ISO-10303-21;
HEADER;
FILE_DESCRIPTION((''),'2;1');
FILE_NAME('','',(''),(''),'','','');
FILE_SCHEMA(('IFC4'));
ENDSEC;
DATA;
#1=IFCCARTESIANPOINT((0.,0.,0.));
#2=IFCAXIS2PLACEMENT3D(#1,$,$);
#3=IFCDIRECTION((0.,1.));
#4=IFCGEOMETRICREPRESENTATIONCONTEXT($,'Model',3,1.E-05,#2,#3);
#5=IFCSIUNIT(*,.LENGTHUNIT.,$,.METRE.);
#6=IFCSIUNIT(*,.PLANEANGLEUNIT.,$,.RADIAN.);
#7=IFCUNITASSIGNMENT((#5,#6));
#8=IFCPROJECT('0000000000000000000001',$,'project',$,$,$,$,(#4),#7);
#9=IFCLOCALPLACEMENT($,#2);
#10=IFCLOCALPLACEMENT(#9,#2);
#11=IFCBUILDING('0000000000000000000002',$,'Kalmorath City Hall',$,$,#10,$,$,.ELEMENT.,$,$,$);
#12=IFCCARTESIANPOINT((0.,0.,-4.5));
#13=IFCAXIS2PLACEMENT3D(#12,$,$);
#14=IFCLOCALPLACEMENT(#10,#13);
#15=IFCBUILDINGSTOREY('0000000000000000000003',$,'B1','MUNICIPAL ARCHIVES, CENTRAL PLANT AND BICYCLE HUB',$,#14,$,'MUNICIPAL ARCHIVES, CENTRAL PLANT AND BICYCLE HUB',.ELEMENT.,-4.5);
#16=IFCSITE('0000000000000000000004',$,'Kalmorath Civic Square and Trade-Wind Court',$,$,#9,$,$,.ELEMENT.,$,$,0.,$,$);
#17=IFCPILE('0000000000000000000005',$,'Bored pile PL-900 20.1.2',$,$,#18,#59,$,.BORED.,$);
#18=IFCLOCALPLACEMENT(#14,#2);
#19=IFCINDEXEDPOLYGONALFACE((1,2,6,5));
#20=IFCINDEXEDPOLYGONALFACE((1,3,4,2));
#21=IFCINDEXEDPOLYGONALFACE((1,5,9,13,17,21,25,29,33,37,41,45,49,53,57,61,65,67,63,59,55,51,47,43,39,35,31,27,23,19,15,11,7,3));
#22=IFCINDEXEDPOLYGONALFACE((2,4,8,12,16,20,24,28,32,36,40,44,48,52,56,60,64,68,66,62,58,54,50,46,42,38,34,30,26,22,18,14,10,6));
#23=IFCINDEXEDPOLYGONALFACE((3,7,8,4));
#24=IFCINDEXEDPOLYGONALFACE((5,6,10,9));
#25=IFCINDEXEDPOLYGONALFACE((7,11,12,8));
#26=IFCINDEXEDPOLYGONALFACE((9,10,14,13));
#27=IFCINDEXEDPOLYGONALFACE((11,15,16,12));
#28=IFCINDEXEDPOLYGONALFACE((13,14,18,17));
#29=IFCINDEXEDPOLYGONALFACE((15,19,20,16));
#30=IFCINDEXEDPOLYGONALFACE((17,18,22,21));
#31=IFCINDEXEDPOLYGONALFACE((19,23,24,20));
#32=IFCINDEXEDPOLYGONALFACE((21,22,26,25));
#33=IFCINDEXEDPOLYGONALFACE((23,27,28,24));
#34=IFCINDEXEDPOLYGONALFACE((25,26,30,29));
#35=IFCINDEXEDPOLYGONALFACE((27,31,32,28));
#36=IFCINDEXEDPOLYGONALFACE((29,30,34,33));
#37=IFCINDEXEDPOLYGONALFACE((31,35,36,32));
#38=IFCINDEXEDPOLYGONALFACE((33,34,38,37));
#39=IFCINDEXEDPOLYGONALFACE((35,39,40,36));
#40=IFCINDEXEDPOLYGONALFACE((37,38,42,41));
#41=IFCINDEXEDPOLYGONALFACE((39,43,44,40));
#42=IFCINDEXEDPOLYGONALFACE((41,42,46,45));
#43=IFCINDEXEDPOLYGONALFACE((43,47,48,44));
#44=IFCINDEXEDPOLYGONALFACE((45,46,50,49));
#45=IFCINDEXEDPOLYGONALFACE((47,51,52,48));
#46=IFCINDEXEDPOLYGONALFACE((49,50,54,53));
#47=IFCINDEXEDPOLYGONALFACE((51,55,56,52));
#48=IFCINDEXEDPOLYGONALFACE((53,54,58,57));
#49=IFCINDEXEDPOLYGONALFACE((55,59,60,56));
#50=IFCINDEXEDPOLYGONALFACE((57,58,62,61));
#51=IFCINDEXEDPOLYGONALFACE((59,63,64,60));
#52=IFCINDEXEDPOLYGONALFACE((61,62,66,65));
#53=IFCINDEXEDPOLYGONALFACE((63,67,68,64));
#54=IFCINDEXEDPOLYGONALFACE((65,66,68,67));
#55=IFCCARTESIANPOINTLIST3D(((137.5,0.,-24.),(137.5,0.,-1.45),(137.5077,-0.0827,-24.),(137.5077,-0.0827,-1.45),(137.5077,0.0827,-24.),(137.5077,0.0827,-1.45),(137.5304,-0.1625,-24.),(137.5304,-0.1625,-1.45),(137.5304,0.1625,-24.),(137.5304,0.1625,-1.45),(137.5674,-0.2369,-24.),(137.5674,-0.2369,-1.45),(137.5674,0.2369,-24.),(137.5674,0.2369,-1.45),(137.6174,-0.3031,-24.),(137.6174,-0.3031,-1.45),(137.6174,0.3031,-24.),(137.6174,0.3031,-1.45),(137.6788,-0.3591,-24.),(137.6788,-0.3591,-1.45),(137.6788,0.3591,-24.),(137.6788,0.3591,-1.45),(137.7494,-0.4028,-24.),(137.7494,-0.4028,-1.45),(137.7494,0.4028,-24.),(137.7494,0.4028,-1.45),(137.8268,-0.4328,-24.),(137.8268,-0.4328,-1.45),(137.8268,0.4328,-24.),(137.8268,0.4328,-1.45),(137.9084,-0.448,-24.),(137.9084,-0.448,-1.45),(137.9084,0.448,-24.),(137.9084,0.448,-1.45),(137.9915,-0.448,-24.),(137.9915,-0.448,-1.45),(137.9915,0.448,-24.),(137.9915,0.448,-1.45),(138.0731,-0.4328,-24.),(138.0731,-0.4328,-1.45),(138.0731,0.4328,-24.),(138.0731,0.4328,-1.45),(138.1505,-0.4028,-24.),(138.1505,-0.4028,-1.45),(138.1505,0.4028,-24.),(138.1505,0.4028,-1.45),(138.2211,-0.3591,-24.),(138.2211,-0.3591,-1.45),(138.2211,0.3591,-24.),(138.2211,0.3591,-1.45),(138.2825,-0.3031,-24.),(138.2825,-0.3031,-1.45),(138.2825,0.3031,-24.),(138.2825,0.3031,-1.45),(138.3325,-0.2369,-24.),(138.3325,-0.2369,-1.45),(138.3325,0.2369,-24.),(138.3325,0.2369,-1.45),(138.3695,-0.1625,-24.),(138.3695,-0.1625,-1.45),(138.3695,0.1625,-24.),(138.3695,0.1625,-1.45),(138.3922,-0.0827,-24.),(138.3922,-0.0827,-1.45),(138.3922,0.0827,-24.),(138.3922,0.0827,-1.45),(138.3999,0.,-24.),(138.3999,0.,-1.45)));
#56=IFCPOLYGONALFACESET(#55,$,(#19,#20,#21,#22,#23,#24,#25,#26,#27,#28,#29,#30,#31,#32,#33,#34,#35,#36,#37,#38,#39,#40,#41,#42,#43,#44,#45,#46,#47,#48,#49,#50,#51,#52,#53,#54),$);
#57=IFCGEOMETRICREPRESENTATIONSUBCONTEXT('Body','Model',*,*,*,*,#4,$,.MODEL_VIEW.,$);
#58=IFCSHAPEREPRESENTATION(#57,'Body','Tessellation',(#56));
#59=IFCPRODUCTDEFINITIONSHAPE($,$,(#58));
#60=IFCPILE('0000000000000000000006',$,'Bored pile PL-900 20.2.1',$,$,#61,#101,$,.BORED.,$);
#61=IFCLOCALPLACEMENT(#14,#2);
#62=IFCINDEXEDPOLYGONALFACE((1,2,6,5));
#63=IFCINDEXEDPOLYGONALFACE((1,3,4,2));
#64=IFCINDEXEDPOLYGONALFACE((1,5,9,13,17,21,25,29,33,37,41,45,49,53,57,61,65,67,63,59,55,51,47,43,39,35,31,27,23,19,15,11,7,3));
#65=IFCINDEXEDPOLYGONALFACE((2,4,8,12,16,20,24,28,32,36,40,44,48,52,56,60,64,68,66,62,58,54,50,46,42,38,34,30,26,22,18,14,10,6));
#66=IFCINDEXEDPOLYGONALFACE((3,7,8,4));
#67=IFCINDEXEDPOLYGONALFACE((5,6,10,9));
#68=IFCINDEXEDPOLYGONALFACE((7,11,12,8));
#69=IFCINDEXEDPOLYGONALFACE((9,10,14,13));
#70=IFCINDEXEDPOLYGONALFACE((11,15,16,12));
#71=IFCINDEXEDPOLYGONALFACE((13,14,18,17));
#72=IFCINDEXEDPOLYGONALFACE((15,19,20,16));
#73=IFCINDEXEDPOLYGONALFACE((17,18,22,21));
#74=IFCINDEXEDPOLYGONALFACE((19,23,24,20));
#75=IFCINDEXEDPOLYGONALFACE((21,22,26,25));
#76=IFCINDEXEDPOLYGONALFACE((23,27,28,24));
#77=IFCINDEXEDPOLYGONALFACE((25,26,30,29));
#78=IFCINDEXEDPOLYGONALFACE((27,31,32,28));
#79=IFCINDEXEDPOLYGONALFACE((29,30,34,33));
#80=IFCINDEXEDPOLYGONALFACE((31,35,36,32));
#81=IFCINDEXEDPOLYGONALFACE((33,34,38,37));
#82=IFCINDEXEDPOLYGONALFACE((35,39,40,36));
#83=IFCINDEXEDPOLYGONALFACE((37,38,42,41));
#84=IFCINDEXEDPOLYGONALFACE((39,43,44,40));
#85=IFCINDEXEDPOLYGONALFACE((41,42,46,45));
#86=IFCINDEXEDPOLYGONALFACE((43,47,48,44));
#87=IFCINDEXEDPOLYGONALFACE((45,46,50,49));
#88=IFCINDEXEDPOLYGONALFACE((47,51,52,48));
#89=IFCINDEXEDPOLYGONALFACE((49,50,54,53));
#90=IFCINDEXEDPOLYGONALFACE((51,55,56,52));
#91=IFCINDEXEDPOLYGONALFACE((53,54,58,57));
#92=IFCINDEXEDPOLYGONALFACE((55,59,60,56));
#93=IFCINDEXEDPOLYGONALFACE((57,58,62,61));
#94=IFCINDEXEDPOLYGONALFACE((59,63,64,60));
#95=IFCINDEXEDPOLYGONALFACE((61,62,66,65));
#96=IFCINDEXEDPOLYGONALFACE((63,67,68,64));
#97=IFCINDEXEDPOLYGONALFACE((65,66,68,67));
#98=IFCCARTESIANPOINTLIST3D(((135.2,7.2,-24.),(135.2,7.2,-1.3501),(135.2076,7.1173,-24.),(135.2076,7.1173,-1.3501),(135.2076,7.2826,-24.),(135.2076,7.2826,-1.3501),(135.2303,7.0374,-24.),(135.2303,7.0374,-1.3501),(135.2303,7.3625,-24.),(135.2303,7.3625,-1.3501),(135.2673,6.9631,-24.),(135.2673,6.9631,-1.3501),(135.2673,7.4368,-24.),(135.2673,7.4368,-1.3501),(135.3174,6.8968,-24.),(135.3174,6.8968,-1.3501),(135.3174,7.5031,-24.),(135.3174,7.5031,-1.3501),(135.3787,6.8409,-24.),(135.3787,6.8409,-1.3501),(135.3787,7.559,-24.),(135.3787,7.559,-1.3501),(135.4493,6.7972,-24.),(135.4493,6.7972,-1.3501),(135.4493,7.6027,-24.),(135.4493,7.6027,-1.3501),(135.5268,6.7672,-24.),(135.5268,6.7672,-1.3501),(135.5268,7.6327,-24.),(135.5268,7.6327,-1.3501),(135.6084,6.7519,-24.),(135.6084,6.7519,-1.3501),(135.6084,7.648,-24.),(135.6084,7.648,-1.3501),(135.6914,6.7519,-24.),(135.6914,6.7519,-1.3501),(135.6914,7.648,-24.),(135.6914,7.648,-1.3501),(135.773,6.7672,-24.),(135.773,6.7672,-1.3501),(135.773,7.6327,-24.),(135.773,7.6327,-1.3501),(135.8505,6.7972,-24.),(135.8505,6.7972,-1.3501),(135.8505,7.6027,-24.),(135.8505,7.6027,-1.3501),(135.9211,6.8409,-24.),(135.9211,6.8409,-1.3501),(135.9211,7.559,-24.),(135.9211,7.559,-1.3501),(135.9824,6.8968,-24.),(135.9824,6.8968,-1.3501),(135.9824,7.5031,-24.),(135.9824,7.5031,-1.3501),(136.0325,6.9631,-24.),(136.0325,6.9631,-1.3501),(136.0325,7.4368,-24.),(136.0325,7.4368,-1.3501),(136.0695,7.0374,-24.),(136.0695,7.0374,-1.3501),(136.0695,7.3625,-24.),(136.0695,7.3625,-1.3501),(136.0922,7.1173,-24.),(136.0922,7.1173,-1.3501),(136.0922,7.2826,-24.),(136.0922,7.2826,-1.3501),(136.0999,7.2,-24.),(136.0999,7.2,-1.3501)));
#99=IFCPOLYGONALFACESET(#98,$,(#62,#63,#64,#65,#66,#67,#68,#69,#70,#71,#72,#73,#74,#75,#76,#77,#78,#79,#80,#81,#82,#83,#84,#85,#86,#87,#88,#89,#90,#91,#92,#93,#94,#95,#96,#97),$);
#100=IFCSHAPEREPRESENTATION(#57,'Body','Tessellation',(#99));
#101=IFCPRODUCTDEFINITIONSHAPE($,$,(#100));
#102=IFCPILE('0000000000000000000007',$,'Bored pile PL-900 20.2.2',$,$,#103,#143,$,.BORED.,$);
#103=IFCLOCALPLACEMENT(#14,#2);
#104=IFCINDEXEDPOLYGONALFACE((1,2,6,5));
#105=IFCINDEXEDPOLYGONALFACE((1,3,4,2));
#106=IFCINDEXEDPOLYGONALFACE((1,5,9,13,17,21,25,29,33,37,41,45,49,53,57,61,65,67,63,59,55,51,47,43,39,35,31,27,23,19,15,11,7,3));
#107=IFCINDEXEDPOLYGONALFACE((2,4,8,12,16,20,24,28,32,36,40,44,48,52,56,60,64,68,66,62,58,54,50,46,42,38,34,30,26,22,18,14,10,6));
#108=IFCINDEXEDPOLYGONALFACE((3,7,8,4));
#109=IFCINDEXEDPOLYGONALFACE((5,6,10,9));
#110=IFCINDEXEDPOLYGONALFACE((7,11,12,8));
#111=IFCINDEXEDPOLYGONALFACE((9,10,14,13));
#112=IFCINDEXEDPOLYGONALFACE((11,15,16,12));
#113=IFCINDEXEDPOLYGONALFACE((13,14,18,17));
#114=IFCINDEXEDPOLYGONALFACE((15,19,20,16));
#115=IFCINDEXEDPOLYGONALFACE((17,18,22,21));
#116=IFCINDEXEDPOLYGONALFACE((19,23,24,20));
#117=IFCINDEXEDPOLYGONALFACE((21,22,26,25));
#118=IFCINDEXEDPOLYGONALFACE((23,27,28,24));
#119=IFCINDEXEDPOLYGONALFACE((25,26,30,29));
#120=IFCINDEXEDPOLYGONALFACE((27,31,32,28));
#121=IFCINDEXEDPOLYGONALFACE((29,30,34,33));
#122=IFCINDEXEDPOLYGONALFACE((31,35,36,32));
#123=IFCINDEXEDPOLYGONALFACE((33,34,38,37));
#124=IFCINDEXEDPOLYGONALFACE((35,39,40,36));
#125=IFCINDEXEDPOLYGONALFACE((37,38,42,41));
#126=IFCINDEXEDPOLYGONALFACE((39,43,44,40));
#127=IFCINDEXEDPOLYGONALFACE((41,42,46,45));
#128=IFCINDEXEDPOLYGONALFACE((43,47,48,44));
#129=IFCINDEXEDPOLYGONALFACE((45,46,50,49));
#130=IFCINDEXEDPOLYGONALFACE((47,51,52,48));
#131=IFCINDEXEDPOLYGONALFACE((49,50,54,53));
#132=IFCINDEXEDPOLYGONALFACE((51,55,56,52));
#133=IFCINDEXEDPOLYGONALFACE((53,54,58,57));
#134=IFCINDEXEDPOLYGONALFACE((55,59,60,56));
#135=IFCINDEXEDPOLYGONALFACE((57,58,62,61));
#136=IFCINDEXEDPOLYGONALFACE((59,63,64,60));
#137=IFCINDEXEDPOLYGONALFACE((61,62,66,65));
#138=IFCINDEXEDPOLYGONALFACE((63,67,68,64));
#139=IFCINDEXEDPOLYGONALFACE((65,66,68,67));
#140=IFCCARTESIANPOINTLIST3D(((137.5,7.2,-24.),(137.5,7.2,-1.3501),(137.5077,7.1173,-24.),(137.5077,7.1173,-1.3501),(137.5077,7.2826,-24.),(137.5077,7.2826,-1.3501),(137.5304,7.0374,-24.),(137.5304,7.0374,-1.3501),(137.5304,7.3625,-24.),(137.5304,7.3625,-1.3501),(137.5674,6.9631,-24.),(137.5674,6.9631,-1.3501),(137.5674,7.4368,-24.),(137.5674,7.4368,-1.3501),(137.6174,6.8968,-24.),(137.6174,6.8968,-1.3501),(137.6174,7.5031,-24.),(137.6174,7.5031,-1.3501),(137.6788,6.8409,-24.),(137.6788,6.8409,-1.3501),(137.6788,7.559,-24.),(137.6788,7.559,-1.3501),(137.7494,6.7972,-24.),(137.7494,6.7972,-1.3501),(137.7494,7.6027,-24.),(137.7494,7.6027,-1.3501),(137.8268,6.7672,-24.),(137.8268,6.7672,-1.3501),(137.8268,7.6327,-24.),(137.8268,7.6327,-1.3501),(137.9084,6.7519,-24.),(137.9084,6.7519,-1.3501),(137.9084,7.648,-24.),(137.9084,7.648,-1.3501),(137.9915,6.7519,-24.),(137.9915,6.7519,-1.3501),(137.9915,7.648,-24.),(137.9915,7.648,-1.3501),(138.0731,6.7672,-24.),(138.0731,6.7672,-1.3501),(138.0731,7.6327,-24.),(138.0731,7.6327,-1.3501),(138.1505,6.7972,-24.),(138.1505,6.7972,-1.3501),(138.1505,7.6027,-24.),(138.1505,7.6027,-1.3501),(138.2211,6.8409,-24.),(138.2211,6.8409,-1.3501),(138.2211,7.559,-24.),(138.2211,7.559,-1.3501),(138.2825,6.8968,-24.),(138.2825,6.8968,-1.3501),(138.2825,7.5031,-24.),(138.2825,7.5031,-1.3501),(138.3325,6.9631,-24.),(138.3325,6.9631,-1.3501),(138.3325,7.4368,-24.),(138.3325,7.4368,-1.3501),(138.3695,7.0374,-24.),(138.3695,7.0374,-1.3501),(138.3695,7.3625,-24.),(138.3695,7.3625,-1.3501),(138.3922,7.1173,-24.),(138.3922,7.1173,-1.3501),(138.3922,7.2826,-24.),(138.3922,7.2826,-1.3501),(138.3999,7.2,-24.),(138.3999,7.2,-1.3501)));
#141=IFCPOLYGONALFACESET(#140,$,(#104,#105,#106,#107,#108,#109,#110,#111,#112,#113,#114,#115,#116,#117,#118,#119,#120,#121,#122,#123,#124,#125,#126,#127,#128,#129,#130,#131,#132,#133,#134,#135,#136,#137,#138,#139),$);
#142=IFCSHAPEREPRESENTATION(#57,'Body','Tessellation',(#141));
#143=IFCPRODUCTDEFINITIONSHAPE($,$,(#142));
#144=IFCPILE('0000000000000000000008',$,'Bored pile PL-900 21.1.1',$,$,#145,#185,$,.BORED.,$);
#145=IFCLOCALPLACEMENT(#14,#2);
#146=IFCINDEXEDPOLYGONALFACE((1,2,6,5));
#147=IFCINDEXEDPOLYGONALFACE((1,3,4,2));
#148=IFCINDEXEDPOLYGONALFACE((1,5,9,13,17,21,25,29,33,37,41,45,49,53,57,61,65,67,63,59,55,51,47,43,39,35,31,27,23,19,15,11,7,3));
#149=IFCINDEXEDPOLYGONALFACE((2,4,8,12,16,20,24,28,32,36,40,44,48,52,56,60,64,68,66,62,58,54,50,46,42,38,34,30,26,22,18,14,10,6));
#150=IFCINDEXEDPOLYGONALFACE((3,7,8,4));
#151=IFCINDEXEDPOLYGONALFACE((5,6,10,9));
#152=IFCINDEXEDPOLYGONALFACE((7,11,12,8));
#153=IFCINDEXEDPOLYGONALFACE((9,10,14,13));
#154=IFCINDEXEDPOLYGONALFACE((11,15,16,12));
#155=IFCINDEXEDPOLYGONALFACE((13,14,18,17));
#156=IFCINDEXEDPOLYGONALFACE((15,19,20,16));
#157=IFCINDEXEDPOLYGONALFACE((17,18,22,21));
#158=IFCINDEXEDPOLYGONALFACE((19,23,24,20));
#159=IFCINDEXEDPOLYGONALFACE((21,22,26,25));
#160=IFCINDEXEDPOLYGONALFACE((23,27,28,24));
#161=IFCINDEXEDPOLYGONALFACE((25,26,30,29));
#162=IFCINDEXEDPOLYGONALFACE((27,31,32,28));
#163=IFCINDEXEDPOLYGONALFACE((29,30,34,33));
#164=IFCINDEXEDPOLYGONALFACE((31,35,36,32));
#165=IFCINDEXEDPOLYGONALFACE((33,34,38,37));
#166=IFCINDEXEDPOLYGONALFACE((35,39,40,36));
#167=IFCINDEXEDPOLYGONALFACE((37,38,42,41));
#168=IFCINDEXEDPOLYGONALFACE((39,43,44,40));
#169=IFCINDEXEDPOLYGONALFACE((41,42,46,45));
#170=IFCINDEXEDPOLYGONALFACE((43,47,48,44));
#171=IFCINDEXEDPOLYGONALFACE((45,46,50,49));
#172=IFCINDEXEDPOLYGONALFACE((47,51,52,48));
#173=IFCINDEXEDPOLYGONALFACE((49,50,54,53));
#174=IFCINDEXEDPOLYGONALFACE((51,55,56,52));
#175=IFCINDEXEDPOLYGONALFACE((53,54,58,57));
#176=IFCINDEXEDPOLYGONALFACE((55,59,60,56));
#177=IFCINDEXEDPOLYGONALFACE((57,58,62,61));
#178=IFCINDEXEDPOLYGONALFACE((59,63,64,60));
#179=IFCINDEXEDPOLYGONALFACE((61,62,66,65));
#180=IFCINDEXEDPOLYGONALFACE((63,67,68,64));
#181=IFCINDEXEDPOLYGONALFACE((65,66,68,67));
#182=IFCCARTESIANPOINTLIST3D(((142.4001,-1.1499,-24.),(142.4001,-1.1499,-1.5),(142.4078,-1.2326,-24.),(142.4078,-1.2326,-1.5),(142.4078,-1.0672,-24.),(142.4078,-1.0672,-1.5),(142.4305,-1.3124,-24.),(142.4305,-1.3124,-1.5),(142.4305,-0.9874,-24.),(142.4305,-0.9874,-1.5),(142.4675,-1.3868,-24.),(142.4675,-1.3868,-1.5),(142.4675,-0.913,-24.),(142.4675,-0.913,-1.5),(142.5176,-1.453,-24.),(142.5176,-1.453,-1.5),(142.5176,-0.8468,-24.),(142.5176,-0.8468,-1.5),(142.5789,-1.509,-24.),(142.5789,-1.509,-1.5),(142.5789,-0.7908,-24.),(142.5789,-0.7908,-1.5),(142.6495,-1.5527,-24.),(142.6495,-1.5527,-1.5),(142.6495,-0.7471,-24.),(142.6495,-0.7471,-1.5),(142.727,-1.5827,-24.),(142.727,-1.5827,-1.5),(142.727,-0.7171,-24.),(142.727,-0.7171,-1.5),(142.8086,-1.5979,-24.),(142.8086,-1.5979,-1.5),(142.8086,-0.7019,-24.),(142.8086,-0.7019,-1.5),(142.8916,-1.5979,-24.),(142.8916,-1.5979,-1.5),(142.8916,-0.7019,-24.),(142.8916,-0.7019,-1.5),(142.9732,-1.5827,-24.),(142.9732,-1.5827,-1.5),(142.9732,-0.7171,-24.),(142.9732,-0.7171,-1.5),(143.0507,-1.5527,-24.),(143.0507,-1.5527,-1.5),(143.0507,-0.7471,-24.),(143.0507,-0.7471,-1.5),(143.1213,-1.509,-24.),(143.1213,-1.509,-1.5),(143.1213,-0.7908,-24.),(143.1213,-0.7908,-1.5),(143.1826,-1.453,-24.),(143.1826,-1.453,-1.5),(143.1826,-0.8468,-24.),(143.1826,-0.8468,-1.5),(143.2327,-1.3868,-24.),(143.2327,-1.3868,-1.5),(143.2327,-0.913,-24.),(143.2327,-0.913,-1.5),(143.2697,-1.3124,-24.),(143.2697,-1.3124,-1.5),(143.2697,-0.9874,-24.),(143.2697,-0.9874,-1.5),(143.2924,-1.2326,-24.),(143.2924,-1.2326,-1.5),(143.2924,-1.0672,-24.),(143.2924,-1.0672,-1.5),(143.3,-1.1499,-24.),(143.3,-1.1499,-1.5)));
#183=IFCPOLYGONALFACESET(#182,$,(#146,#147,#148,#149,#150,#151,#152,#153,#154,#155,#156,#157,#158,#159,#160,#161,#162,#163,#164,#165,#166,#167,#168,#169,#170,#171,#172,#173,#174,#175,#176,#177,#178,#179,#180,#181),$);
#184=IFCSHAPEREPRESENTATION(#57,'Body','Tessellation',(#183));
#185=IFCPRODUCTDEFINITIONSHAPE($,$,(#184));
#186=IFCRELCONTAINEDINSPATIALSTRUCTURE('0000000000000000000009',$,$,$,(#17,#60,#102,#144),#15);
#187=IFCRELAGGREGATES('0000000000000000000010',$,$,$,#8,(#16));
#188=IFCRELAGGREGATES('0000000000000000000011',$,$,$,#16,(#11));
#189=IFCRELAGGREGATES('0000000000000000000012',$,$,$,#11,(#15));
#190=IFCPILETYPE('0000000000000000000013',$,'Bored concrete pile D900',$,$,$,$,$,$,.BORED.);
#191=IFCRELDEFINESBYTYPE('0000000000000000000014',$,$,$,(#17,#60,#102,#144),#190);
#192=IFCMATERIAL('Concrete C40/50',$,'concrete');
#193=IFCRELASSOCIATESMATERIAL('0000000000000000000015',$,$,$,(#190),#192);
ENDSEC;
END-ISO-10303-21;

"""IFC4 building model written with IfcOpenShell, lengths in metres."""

from ifc_helpers import new_model, si_unit, direction, frame, origin, origin_2d, place, context, subcontext, project, spatial, circle, extrude, material, material_profile, profile_set, type_object, element, save


model = new_model("IFC4")

# Units and contexts
model_context = context("Model", 3, precision=1e-05, world=origin(), true_north=direction((0.0, 1.0)))
body_context = subcontext(model_context, "Body", "Model", "MODEL_VIEW")
ifc_project = project(units=[si_unit("LENGTHUNIT", "METRE"), si_unit("PLANEANGLEUNIT", "RADIAN")], contexts=[model_context])

# Site, building, storey
site_placement = place(None, origin())
site = spatial("IfcSite", under=ifc_project, at=site_placement, Name="Kalmorath Civic Square and Trade-Wind Court", CompositionType="ELEMENT", RefElevation=0.0)
building_placement = place(site_placement, origin())
building = spatial("IfcBuilding", under=site, at=building_placement, Name="Kalmorath City Hall", CompositionType="ELEMENT")
storey_placement = place(building_placement, frame((0.0, 0.0, -4.5)))
storey = spatial("IfcBuildingStorey", under=building, at=storey_placement, Name="B1", Description="MUNICIPAL ARCHIVES, CENTRAL PLANT AND BICYCLE HUB", LongName="MUNICIPAL ARCHIVES, CENTRAL PLANT AND BICYCLE HUB", CompositionType="ELEMENT", Elevation=-4.5)

# Piles
ifc_material_1 = material(Name="Concrete C40/50", Category="concrete")
ifc_material_profile_1 = material_profile(ifc_material_1, circle(Radius=0.45, at=origin_2d()), Name="PILE-D900")
ifc_profile_set_1 = profile_set([ifc_material_profile_1], Name="Concrete C40/50")
pile_type = type_object("IfcPileType", Name="Bored concrete pile D900", PredefinedType="BORED", material=ifc_profile_set_1)
for number, where, z_axis, x_axis, name in (
    (1, (137.95, 0.0, -1.45), (0.0, 0.0, -1.0), (1.0, 0.0, 0.0), "Bored pile PL-900 20.1.2"),
):
    element("IfcPile", number, at=place(storey_placement, frame(where, z_axis=z_axis, x_axis=x_axis)), inside=storey, type_object=pile_type, Name=name, PredefinedType="BORED", context=body_context, shape_type="SweptSolid", body=[
        extrude(circle(Radius=0.45, at=origin_2d()), origin(), (0.0, 0.0, 1.0), 22.55),
    ])
for number, where, z_axis, x_axis, name in (
    (2, (135.6499, 7.2, -1.3501), (0.0, 0.0, -1.0), (1.0, 0.0, 0.0), "Bored pile PL-900 20.2.1"),
    (3, (137.95, 7.2, -1.3501), (0.0, 0.0, -1.0), (1.0, 0.0, 0.0), "Bored pile PL-900 20.2.2"),
):
    element("IfcPile", number, at=place(storey_placement, frame(where, z_axis=z_axis, x_axis=x_axis)), inside=storey, type_object=pile_type, Name=name, PredefinedType="BORED", context=body_context, shape_type="SweptSolid", body=[
        extrude(circle(Radius=0.45, at=origin_2d()), origin(), (0.0, 0.0, 1.0), 22.6499),
    ])
for number, where, z_axis, x_axis, name in (
    (4, (142.8501, -1.1499, -1.5), (0.0, 0.0, -1.0), (1.0, 0.0, 0.0), "Bored pile PL-900 21.1.1"),
):
    element("IfcPile", number, at=place(storey_placement, frame(where, z_axis=z_axis, x_axis=x_axis)), inside=storey, type_object=pile_type, Name=name, PredefinedType="BORED", context=body_context, shape_type="SweptSolid", body=[
        extrude(circle(Radius=0.45, at=origin_2d()), origin(), (0.0, 0.0, 1.0), 22.5),
    ])

save(model, "model.ifc")
